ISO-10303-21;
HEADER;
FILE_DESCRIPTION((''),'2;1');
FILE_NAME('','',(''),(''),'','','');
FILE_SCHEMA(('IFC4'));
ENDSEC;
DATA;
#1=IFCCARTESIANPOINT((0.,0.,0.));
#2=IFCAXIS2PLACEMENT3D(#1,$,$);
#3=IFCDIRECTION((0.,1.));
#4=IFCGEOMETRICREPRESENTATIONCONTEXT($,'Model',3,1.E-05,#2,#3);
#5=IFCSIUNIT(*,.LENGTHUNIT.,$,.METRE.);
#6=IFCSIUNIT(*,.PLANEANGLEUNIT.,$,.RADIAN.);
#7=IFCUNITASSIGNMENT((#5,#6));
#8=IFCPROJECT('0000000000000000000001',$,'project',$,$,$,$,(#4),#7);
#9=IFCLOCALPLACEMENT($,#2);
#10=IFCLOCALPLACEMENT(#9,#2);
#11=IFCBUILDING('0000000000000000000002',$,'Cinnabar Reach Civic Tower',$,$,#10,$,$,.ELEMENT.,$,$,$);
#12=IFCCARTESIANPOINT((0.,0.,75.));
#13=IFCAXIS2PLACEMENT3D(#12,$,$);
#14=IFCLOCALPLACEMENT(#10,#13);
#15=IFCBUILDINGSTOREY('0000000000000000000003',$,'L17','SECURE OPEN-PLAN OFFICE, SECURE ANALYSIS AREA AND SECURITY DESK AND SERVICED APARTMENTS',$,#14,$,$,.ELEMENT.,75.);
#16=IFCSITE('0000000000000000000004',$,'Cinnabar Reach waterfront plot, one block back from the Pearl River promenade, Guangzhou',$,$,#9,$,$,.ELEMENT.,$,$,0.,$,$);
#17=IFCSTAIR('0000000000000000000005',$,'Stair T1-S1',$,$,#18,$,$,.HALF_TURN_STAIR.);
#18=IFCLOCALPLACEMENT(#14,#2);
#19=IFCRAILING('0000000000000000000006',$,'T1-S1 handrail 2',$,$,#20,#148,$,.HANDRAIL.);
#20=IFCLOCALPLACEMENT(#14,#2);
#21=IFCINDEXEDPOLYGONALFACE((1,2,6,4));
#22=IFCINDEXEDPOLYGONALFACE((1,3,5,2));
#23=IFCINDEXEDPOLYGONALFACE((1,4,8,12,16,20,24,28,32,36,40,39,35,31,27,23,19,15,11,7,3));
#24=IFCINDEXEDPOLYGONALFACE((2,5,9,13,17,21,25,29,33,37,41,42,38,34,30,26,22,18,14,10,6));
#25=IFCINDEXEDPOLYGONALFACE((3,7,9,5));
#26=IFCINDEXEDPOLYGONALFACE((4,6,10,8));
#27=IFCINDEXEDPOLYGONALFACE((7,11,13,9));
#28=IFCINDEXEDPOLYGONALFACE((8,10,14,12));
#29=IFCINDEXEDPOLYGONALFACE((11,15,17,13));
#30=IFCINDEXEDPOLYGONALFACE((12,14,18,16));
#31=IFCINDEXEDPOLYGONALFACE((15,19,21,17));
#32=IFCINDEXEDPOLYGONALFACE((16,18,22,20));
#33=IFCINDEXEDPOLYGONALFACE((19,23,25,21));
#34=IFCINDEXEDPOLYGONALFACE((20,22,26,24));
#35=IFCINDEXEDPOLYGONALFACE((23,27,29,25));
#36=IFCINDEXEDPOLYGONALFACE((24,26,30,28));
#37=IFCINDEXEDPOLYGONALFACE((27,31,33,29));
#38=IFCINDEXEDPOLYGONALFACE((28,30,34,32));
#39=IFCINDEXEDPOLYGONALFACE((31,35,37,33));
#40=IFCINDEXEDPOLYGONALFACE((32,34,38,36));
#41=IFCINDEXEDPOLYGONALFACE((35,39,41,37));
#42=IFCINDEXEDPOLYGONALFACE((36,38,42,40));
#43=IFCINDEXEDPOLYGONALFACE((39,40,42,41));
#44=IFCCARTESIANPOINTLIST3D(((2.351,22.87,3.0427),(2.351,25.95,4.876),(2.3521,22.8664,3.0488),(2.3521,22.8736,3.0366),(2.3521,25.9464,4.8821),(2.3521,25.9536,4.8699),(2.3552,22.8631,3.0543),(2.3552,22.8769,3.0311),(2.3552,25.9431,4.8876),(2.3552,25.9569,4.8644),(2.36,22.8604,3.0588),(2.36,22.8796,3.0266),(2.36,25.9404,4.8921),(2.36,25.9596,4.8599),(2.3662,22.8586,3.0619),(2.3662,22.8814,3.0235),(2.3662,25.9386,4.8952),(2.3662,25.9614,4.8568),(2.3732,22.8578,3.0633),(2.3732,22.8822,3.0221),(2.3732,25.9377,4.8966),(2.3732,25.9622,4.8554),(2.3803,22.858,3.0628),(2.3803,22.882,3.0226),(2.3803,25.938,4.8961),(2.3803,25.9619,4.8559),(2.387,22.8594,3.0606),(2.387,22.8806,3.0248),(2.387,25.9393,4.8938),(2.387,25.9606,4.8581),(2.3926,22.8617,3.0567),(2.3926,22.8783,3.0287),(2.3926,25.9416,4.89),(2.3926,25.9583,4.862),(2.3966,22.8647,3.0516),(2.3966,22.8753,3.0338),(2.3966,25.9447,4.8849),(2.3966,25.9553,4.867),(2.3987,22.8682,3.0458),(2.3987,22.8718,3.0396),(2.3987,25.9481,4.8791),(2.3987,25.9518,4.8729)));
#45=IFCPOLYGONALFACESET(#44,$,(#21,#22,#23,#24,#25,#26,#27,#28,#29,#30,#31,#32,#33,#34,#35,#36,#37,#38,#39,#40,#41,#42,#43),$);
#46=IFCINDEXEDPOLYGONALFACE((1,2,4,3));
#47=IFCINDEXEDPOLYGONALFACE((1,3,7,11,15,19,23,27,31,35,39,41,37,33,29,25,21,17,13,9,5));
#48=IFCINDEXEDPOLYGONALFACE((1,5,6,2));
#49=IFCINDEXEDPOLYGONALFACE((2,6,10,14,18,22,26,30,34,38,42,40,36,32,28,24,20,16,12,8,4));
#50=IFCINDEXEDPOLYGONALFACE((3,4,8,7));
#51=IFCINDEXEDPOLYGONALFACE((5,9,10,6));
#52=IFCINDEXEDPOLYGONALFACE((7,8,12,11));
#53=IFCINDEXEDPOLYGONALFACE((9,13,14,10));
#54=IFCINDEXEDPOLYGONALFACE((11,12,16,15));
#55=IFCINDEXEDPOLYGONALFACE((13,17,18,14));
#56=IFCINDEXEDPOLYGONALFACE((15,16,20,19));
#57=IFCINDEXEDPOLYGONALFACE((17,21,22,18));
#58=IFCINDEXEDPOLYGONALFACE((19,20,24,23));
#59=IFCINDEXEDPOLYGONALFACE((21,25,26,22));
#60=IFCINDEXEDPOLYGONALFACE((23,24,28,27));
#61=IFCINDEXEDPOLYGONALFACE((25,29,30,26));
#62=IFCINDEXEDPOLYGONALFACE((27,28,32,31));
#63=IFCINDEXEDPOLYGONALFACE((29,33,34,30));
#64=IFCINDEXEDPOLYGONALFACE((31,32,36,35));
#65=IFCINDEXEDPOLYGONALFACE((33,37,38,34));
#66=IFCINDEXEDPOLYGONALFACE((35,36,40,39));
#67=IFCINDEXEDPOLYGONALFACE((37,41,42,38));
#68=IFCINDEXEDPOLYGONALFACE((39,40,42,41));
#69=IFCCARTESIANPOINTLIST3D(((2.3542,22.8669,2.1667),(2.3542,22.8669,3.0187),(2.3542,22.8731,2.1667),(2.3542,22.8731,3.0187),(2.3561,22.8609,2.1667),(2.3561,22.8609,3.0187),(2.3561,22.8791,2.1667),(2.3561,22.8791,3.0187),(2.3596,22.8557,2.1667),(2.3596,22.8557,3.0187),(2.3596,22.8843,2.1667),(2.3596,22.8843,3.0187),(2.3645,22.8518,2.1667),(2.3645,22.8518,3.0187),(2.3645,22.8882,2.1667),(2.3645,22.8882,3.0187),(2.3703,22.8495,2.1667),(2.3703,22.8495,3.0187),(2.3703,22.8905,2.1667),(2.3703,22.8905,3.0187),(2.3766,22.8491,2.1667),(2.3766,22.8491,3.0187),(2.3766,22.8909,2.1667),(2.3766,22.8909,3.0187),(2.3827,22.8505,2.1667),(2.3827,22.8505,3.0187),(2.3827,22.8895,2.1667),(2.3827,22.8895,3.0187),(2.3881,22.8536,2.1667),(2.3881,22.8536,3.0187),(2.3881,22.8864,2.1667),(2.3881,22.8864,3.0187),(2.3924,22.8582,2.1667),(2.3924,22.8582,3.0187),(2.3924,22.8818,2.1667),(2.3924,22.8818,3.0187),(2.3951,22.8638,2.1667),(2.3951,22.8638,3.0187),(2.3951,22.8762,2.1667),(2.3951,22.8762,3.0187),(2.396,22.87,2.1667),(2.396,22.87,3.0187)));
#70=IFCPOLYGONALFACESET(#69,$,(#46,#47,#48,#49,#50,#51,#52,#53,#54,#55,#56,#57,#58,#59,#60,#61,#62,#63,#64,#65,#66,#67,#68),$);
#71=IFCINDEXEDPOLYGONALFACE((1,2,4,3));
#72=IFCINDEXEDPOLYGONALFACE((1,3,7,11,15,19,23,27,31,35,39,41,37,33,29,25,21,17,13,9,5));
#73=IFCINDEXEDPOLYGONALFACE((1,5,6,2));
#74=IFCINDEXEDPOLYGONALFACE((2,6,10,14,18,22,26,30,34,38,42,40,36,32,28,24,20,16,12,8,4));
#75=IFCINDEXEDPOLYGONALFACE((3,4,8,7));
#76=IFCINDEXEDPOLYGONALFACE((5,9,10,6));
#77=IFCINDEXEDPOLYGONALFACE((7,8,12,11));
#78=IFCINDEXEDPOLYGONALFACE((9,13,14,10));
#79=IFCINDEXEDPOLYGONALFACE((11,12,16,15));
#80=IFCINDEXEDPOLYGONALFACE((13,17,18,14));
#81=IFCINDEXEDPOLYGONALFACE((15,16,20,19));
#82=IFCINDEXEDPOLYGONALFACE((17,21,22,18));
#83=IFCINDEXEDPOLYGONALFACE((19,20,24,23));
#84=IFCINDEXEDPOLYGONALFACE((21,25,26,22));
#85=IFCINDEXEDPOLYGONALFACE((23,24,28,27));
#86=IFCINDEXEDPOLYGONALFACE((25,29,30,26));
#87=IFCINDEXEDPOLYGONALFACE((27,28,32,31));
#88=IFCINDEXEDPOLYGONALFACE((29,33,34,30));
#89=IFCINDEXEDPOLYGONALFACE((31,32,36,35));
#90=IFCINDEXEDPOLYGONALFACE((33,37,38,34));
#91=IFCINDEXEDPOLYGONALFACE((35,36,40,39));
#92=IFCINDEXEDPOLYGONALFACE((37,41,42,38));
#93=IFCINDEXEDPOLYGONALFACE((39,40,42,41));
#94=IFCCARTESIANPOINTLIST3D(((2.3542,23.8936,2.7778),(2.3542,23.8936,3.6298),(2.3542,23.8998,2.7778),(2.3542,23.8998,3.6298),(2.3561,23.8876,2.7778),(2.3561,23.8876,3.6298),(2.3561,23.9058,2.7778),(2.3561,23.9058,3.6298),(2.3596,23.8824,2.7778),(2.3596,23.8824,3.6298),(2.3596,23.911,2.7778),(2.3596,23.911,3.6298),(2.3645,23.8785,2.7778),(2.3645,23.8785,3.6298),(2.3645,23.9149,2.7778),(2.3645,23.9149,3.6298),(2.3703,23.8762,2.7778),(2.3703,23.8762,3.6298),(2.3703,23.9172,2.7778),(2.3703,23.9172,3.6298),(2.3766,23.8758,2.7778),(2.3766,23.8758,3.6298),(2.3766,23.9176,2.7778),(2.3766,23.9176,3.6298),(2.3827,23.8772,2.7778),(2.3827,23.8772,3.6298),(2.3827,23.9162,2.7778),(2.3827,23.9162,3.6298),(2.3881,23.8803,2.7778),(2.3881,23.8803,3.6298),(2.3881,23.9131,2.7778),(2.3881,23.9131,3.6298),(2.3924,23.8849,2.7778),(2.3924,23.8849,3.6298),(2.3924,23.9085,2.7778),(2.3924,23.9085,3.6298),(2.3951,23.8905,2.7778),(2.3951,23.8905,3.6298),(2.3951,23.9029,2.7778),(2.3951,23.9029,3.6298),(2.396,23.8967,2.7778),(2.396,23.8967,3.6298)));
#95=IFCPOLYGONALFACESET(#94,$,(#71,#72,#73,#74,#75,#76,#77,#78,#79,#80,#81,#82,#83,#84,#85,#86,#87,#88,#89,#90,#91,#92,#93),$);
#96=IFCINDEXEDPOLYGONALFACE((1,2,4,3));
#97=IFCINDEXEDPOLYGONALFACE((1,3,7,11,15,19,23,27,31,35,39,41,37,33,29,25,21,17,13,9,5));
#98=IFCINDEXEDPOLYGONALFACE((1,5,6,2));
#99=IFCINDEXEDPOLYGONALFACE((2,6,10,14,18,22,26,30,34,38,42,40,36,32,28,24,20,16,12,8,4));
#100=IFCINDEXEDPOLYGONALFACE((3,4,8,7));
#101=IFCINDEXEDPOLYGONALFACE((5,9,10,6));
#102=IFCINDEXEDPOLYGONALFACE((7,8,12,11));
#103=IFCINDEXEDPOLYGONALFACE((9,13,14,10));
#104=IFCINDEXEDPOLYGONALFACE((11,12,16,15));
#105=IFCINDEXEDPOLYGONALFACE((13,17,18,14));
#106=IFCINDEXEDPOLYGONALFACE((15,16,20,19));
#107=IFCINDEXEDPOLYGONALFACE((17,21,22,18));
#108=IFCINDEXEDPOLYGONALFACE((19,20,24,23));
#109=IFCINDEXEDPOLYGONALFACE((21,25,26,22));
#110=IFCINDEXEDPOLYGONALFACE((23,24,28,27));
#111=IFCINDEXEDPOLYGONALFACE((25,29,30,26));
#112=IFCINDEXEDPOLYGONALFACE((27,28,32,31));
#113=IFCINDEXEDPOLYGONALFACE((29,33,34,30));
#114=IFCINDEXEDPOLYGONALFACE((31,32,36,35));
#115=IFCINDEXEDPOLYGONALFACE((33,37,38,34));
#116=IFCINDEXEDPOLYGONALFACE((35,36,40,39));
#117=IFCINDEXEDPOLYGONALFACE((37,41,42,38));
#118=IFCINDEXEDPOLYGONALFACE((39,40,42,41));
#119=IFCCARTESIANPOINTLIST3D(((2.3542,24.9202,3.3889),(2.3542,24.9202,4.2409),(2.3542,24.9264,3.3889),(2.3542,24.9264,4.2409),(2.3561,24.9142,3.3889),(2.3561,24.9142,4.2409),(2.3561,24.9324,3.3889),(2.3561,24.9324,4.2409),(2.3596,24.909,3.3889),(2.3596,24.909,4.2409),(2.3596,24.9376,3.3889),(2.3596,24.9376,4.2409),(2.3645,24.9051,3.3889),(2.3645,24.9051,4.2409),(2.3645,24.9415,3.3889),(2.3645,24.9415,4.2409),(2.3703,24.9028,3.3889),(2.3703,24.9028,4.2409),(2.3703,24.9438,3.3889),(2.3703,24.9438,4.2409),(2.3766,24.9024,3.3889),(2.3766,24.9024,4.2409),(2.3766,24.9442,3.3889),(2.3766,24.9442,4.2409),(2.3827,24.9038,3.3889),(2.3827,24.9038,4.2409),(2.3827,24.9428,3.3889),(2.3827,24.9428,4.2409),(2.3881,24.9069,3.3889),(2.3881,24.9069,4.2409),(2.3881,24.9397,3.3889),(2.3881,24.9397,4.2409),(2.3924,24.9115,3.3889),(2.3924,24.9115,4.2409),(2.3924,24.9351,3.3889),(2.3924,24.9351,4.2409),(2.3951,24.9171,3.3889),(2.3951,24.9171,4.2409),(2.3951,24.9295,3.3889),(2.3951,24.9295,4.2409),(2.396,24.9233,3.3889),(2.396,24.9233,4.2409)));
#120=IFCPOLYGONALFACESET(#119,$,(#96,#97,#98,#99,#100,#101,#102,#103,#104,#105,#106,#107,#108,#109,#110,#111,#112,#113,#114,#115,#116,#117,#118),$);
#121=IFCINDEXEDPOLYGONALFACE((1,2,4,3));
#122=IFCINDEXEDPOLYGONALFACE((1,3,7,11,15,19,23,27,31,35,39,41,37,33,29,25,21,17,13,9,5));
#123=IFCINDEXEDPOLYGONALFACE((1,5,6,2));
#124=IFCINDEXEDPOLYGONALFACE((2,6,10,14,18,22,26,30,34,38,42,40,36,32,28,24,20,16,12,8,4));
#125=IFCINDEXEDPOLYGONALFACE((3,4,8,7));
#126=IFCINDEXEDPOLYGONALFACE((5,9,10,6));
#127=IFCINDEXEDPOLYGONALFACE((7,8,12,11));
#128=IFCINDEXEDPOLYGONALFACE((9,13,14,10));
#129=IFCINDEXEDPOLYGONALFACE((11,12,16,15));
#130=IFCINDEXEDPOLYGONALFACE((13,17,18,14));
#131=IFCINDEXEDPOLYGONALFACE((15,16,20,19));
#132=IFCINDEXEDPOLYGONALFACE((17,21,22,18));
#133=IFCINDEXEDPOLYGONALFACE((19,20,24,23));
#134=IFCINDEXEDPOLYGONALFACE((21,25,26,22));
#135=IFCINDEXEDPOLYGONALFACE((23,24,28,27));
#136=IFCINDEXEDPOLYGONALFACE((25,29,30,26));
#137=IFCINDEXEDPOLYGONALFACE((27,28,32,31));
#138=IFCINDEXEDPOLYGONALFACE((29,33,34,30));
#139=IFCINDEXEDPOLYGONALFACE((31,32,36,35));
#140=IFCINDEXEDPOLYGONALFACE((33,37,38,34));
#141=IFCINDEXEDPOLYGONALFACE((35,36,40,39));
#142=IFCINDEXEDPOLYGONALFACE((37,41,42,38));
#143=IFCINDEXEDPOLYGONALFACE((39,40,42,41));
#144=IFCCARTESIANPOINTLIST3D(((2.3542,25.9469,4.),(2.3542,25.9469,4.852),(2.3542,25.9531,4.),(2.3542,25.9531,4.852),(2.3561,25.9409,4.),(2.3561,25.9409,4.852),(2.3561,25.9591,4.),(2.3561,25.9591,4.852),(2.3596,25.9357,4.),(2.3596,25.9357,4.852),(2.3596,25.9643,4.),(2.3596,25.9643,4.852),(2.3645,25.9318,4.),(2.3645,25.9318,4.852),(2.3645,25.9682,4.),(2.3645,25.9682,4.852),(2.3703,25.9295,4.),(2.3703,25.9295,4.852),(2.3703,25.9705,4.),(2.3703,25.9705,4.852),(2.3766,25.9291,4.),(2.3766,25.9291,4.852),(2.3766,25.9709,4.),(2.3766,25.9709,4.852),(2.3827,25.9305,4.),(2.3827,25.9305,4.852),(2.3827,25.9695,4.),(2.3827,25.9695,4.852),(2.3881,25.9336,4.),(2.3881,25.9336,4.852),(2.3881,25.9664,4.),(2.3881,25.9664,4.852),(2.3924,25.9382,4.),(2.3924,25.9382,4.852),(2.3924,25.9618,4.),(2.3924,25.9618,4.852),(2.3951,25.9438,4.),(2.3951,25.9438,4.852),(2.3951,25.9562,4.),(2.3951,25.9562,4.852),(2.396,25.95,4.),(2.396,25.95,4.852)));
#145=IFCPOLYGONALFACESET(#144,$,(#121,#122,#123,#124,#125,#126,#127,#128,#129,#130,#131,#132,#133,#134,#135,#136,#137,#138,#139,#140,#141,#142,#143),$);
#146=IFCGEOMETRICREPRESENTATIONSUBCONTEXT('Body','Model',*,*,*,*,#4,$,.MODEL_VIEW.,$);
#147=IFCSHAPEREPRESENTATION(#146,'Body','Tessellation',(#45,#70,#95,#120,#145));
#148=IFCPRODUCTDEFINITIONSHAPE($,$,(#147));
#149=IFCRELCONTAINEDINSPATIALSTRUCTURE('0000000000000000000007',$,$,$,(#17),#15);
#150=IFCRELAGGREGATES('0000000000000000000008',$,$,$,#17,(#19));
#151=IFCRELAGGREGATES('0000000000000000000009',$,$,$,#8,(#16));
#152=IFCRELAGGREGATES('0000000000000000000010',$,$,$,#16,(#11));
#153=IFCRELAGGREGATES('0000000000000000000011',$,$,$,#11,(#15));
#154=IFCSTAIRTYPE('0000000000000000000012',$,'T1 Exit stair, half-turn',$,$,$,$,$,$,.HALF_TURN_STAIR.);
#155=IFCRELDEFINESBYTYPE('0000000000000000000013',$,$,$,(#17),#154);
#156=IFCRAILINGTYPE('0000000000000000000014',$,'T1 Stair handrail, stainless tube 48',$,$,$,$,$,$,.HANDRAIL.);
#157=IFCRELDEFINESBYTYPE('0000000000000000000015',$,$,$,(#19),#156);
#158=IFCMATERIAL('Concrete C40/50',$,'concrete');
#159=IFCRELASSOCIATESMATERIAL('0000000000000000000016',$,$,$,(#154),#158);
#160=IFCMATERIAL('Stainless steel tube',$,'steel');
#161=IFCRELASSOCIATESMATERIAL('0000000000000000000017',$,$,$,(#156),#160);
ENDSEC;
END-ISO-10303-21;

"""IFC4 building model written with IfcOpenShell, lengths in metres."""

from ifc_helpers import new_model, si_unit, direction, frame, origin, origin_2d, place, context, subcontext, project, spatial, circle, extrude, material, type_object, element, aggregate, save


model = new_model("IFC4")

# Units and contexts
model_context = context("Model", 3, precision=1e-05, world=origin(), true_north=direction((0.0, 1.0)))
body_context = subcontext(model_context, "Body", "Model", "MODEL_VIEW")
ifc_project = project(units=[si_unit("LENGTHUNIT", "METRE"), si_unit("PLANEANGLEUNIT", "RADIAN")], contexts=[model_context])

# Site, building, storey
site_placement = place(None, origin())
site = spatial("IfcSite", under=ifc_project, at=site_placement, Name="Cinnabar Reach waterfront plot, one block back from the Pearl River promenade, Guangzhou", CompositionType="ELEMENT", RefElevation=0.0)
building_placement = place(site_placement, origin())
building = spatial("IfcBuilding", under=site, at=building_placement, Name="Cinnabar Reach Civic Tower", CompositionType="ELEMENT")
storey_placement = place(building_placement, frame((0.0, 0.0, 75.0)))
storey = spatial("IfcBuildingStorey", under=building, at=storey_placement, Name="L17", Description="SECURE OPEN-PLAN OFFICE, SECURE ANALYSIS AREA AND SECURITY DESK AND SERVICED APARTMENTS", CompositionType="ELEMENT", Elevation=75.0)

# Stair, railing
ifc_material_1 = material(Name="Concrete C40/50", Category="concrete")
stair_type = type_object("IfcStairType", Name="T1 Exit stair, half-turn", PredefinedType="HALF_TURN_STAIR", material=ifc_material_1)
stair_placement = place(storey_placement, origin())
stair = element("IfcStair", 1, at=stair_placement, inside=storey, type_object=stair_type, Name="Stair T1-S1", PredefinedType="HALF_TURN_STAIR")
ifc_material_2 = material(Name="Stainless steel tube", Category="steel")
railing_type = type_object("IfcRailingType", Name="T1 Stair handrail, stainless tube 48", PredefinedType="HANDRAIL", material=ifc_material_2)
railing_1_placement = place(storey_placement, frame((2.375, 22.87, 2.1667)))
railing_1 = element("IfcRailing", 2, at=railing_1_placement, type_object=railing_type, Name="T1-S1 handrail 2", PredefinedType="HANDRAIL", context=body_context, shape_type="SweptSolid", body=[
    extrude(circle(Radius=0.024, at=origin_2d()), frame((0.0, 0.0, 0.876), z_axis=(0.0, 0.859297, 0.511477), x_axis=(-1.0, 0.0, 0.0)), (0.0, 0.0, 1.0), 3.5843),
    extrude(circle(Radius=0.021, at=origin_2d()), origin(), (0.0, 0.0, 1.0), 0.852),
    extrude(circle(Radius=0.021, at=origin_2d()), frame((0.0, 1.0267, 0.6111)), (0.0, 0.0, 1.0), 0.852),
    extrude(circle(Radius=0.021, at=origin_2d()), frame((0.0, 2.0533, 1.2222)), (0.0, 0.0, 1.0), 0.852),
    extrude(circle(Radius=0.021, at=origin_2d()), frame((0.0, 3.08, 1.8333)), (0.0, 0.0, 1.0), 0.852),
])
aggregate(stair, [railing_1])

save(model, "model.ifc")
